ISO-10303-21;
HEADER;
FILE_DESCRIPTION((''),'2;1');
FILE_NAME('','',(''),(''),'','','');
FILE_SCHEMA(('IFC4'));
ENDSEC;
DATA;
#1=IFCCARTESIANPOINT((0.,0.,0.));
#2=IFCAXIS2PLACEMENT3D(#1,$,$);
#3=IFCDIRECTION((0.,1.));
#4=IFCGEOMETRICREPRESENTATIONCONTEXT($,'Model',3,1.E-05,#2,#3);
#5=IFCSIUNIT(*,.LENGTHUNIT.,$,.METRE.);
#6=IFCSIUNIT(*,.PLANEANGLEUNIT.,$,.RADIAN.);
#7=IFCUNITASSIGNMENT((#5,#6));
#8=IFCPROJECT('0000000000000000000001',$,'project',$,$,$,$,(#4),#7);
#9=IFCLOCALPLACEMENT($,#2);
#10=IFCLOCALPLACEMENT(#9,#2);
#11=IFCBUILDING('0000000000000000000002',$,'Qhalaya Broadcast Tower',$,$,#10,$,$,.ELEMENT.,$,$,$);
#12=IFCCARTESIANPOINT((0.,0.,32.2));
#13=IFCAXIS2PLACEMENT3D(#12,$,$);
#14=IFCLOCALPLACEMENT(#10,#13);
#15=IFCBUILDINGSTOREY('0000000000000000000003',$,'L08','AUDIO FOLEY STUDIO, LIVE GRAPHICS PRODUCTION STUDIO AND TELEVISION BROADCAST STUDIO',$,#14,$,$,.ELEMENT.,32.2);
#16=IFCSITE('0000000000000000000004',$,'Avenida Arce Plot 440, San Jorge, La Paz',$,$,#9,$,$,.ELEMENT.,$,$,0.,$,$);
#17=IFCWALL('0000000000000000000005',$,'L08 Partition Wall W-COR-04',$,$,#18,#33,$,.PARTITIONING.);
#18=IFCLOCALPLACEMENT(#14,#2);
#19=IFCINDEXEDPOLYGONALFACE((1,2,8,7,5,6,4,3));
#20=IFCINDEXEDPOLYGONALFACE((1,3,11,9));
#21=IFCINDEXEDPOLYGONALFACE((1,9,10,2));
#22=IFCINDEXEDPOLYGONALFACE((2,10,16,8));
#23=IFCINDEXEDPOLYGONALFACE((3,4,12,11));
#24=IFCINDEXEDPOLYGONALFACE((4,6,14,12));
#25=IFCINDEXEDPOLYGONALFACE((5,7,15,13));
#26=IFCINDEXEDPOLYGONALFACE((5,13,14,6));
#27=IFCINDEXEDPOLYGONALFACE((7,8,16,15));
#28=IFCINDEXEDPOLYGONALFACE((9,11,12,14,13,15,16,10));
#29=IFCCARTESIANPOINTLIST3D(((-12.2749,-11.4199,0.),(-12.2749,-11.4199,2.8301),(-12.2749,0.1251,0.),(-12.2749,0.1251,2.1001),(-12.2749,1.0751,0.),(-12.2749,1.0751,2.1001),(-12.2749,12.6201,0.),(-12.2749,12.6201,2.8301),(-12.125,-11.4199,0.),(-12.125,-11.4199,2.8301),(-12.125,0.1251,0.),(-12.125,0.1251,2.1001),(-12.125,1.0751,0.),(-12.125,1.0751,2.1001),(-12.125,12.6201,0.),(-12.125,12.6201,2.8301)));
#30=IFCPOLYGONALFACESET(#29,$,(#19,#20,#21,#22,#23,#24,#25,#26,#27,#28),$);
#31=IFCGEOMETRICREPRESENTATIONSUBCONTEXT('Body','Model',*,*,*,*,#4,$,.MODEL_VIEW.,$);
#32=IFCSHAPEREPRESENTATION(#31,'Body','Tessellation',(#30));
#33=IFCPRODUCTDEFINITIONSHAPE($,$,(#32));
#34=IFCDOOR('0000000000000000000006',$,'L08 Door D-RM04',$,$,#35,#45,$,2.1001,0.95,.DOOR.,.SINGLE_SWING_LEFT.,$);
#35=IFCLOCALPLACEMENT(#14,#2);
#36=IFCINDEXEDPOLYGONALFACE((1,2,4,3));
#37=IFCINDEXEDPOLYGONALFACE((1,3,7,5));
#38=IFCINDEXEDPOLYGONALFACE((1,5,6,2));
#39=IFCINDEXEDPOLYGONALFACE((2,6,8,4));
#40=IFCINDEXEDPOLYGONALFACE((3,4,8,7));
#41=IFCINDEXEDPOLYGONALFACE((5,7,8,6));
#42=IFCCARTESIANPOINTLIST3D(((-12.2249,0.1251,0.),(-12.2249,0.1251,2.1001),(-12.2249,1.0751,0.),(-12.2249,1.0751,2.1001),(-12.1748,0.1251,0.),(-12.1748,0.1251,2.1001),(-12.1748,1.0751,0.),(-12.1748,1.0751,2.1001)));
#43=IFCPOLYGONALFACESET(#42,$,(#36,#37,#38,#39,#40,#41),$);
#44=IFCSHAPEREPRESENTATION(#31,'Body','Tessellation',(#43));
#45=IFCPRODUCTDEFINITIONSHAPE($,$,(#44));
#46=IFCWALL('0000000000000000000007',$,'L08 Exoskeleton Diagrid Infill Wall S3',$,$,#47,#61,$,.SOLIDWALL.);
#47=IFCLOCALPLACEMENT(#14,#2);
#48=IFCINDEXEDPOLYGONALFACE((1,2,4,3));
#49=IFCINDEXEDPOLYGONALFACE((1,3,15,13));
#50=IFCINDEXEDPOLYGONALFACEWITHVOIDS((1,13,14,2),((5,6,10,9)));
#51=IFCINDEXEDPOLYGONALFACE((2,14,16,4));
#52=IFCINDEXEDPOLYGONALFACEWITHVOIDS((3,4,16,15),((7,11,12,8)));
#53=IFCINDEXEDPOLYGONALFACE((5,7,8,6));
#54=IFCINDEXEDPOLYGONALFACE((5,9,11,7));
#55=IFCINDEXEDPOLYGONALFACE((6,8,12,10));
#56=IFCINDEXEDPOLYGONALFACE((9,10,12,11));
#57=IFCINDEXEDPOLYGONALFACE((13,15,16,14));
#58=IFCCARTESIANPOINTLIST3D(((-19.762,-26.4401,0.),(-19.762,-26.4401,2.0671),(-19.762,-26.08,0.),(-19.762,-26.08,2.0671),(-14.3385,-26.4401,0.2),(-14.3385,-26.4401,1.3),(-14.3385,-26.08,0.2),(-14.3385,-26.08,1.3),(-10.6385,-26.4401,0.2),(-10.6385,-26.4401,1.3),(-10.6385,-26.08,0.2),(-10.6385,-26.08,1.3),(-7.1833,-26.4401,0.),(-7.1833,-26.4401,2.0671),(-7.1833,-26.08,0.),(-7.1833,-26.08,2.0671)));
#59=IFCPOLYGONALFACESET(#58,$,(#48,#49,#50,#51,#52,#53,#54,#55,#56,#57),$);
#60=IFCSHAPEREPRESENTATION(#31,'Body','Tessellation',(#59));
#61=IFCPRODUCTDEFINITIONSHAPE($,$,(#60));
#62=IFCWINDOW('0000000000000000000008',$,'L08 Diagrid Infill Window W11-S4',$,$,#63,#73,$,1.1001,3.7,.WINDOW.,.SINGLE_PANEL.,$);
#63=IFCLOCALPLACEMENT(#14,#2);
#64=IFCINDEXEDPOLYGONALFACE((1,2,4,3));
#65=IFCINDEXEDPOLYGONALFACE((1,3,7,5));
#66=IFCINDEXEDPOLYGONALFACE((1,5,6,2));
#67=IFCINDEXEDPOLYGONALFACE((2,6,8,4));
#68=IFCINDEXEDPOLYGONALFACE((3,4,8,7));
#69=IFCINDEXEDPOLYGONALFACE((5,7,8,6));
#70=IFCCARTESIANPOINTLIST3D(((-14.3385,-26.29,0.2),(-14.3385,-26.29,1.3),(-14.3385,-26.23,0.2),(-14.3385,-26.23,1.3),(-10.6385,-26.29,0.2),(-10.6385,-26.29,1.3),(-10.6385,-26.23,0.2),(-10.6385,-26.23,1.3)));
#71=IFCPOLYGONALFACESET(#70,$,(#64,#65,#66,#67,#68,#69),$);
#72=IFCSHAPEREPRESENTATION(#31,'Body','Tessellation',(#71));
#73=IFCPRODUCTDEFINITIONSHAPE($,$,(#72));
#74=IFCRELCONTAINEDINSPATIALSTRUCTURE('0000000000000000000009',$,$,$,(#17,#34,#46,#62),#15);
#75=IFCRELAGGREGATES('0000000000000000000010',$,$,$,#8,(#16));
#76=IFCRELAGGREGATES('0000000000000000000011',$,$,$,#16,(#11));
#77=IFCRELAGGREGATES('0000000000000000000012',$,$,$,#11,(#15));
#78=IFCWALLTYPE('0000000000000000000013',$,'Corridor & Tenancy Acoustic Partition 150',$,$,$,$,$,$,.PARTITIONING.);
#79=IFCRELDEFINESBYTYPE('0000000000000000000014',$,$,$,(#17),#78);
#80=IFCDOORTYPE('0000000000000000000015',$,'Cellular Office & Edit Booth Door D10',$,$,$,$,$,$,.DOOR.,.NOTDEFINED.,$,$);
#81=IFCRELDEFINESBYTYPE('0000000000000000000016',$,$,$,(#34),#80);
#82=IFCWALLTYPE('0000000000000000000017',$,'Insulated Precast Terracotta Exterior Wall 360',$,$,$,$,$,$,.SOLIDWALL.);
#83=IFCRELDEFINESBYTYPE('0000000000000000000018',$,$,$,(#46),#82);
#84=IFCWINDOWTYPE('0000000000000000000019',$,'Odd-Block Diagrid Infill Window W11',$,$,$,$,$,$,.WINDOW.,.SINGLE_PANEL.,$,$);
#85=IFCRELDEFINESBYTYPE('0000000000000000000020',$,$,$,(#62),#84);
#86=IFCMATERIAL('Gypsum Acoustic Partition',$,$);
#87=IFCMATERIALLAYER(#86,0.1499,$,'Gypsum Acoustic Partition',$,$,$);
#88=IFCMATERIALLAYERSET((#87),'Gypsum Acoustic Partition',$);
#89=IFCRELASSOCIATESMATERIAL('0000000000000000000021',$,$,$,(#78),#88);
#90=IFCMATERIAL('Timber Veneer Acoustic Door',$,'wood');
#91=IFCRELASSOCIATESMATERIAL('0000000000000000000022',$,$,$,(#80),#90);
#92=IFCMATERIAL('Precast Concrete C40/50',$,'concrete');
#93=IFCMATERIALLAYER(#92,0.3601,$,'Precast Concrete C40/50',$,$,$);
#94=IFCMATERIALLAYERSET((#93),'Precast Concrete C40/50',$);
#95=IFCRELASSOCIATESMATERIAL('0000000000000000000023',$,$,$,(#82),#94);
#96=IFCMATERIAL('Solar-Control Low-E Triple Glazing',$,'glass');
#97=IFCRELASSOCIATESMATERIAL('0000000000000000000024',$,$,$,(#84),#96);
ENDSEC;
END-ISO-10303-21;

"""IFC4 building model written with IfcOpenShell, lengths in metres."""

from ifc_helpers import new_model, si_unit, direction, frame, frame_2d, origin, place, context, subcontext, project, spatial, rectangle, extrude, material, layer, layer_set, type_object, element, fill, save


model = new_model("IFC4")

# Units and contexts
model_context = context("Model", 3, precision=1e-05, world=origin(), true_north=direction((0.0, 1.0)))
body_context = subcontext(model_context, "Body", "Model", "MODEL_VIEW")
ifc_project = project(units=[si_unit("LENGTHUNIT", "METRE"), si_unit("PLANEANGLEUNIT", "RADIAN")], contexts=[model_context])

# Site, building, storey
site_placement = place(None, origin())
site = spatial("IfcSite", under=ifc_project, at=site_placement, Name="Avenida Arce Plot 440, San Jorge, La Paz", CompositionType="ELEMENT", RefElevation=0.0)
building_placement = place(site_placement, origin())
building = spatial("IfcBuilding", under=site, at=building_placement, Name="Qhalaya Broadcast Tower", CompositionType="ELEMENT")
storey_placement = place(building_placement, frame((0.0, 0.0, 32.2)))
storey = spatial("IfcBuildingStorey", under=building, at=storey_placement, Name="L08", Description="AUDIO FOLEY STUDIO, LIVE GRAPHICS PRODUCTION STUDIO AND TELEVISION BROADCAST STUDIO", CompositionType="ELEMENT", Elevation=32.2)

# Wall, opening, door
ifc_material_1 = material(Name="Gypsum Acoustic Partition")
ifc_layer_1 = layer(ifc_material_1, 0.1499, Name="Gypsum Acoustic Partition")
ifc_layer_set_1 = layer_set([ifc_layer_1], Name="Gypsum Acoustic Partition")
wall_type_1 = type_object("IfcWallType", Name="Corridor & Tenancy Acoustic Partition 150", PredefinedType="PARTITIONING", material=ifc_layer_set_1)
ifc_material_2 = material(Name="Timber Veneer Acoustic Door", Category="wood")
door_type = type_object("IfcDoorType", Name="Cellular Office & Edit Booth Door D10", OperationType="NOTDEFINED", PredefinedType="DOOR", material=ifc_material_2)
wall_1_placement = place(storey_placement, frame((-12.2, -11.4199, 0.0), z_axis=(0.0, 0.0, 1.0), x_axis=(0.0, 1.0, 0.0)))
wall_1 = element("IfcWall", 1, at=wall_1_placement, inside=storey, type_object=wall_type_1, Name="L08 Partition Wall W-COR-04", PredefinedType="PARTITIONING", context=body_context, shape_type="SweptSolid", body=[
    extrude(rectangle(XDim=24.04, YDim=0.1499, at=frame_2d((12.02, 0.0))), origin(), (0.0, 0.0, 1.0), 2.8301),
])
opening_1_placement = place(wall_1_placement, frame((11.5449, 0.0, 0.0)))
opening_1 = element("IfcOpeningElement", 2, at=opening_1_placement, cuts=wall_1, PredefinedType="OPENING", context=body_context, shape_type="SweptSolid", body=[
    extrude(rectangle(XDim=0.95, YDim=2.1001, at=frame_2d((0.4751, 1.05))), frame((0.0, 0.0869, 0.0), z_axis=(0.0, -1.0, 0.0), x_axis=(1.0, 0.0, 0.0)), (0.0, 0.0, 1.0), 0.1738),
])
door_1_placement = place(opening_1_placement, origin())
door_1 = element("IfcDoor", 3, at=door_1_placement, inside=storey, type_object=door_type, Name="L08 Door D-RM04", OperationType="SINGLE_SWING_LEFT", OverallHeight=2.1001, OverallWidth=0.95, PredefinedType="DOOR", context=body_context, shape_type="SweptSolid", body=[
    extrude(rectangle(XDim=0.95, YDim=2.1001, at=frame_2d((0.4751, 1.05))), frame((0.0, 0.0249, 0.0), z_axis=(0.0, -1.0, 0.0), x_axis=(1.0, 0.0, 0.0)), (0.0, 0.0, 1.0), 0.05),
])
fill(opening_1, door_1)

# Wall, opening, window
ifc_material_3 = material(Name="Precast Concrete C40/50", Category="concrete")
ifc_layer_2 = layer(ifc_material_3, 0.3601, Name="Precast Concrete C40/50")
ifc_layer_set_2 = layer_set([ifc_layer_2], Name="Precast Concrete C40/50")
wall_type_2 = type_object("IfcWallType", Name="Insulated Precast Terracotta Exterior Wall 360", PredefinedType="SOLIDWALL", material=ifc_layer_set_2)
wall_2_placement = place(storey_placement, frame((-7.1833, -26.26, 0.0), z_axis=(0.0, 0.0, 1.0), x_axis=(-1.0, 0.0, 0.0)))
wall_2 = element("IfcWall", 4, at=wall_2_placement, inside=storey, type_object=wall_type_2, Name="L08 Exoskeleton Diagrid Infill Wall S3", PredefinedType="SOLIDWALL", context=body_context, shape_type="SweptSolid", body=[
    extrude(rectangle(XDim=12.5786, YDim=0.3601, at=frame_2d((6.2893, 0.0))), origin(), (0.0, 0.0, 1.0), 2.0671),
])
opening_2_placement = place(wall_2_placement, frame((3.4551, 0.0, 0.2)))
opening_2 = element("IfcOpeningElement", 5, at=opening_2_placement, cuts=wall_2, PredefinedType="OPENING", context=body_context, shape_type="SweptSolid", body=[
    extrude(rectangle(XDim=3.7, YDim=1.1001, at=frame_2d((1.8501, 0.55))), frame((0.0, 0.1921, 0.0), z_axis=(0.0, -1.0, 0.0), x_axis=(1.0, 0.0, 0.0)), (0.0, 0.0, 1.0), 0.384),
])
ifc_material_4 = material(Name="Solar-Control Low-E Triple Glazing", Category="glass")
window_type = type_object("IfcWindowType", Name="Odd-Block Diagrid Infill Window W11", PartitioningType="SINGLE_PANEL", PredefinedType="WINDOW", material=ifc_material_4)
window_placement = place(opening_2_placement, origin())
window = element("IfcWindow", 6, at=window_placement, inside=storey, type_object=window_type, Name="L08 Diagrid Infill Window W11-S4", OverallHeight=1.1001, OverallWidth=3.7, PartitioningType="SINGLE_PANEL", PredefinedType="WINDOW", context=body_context, shape_type="SweptSolid", body=[
    extrude(rectangle(XDim=3.7, YDim=1.1001, at=frame_2d((1.8501, 0.55))), frame((0.0, 0.03, 0.0), z_axis=(0.0, -1.0, 0.0), x_axis=(1.0, 0.0, 0.0)), (0.0, 0.0, 1.0), 0.0601),
])
fill(opening_2, window)

save(model, "model.ifc")
